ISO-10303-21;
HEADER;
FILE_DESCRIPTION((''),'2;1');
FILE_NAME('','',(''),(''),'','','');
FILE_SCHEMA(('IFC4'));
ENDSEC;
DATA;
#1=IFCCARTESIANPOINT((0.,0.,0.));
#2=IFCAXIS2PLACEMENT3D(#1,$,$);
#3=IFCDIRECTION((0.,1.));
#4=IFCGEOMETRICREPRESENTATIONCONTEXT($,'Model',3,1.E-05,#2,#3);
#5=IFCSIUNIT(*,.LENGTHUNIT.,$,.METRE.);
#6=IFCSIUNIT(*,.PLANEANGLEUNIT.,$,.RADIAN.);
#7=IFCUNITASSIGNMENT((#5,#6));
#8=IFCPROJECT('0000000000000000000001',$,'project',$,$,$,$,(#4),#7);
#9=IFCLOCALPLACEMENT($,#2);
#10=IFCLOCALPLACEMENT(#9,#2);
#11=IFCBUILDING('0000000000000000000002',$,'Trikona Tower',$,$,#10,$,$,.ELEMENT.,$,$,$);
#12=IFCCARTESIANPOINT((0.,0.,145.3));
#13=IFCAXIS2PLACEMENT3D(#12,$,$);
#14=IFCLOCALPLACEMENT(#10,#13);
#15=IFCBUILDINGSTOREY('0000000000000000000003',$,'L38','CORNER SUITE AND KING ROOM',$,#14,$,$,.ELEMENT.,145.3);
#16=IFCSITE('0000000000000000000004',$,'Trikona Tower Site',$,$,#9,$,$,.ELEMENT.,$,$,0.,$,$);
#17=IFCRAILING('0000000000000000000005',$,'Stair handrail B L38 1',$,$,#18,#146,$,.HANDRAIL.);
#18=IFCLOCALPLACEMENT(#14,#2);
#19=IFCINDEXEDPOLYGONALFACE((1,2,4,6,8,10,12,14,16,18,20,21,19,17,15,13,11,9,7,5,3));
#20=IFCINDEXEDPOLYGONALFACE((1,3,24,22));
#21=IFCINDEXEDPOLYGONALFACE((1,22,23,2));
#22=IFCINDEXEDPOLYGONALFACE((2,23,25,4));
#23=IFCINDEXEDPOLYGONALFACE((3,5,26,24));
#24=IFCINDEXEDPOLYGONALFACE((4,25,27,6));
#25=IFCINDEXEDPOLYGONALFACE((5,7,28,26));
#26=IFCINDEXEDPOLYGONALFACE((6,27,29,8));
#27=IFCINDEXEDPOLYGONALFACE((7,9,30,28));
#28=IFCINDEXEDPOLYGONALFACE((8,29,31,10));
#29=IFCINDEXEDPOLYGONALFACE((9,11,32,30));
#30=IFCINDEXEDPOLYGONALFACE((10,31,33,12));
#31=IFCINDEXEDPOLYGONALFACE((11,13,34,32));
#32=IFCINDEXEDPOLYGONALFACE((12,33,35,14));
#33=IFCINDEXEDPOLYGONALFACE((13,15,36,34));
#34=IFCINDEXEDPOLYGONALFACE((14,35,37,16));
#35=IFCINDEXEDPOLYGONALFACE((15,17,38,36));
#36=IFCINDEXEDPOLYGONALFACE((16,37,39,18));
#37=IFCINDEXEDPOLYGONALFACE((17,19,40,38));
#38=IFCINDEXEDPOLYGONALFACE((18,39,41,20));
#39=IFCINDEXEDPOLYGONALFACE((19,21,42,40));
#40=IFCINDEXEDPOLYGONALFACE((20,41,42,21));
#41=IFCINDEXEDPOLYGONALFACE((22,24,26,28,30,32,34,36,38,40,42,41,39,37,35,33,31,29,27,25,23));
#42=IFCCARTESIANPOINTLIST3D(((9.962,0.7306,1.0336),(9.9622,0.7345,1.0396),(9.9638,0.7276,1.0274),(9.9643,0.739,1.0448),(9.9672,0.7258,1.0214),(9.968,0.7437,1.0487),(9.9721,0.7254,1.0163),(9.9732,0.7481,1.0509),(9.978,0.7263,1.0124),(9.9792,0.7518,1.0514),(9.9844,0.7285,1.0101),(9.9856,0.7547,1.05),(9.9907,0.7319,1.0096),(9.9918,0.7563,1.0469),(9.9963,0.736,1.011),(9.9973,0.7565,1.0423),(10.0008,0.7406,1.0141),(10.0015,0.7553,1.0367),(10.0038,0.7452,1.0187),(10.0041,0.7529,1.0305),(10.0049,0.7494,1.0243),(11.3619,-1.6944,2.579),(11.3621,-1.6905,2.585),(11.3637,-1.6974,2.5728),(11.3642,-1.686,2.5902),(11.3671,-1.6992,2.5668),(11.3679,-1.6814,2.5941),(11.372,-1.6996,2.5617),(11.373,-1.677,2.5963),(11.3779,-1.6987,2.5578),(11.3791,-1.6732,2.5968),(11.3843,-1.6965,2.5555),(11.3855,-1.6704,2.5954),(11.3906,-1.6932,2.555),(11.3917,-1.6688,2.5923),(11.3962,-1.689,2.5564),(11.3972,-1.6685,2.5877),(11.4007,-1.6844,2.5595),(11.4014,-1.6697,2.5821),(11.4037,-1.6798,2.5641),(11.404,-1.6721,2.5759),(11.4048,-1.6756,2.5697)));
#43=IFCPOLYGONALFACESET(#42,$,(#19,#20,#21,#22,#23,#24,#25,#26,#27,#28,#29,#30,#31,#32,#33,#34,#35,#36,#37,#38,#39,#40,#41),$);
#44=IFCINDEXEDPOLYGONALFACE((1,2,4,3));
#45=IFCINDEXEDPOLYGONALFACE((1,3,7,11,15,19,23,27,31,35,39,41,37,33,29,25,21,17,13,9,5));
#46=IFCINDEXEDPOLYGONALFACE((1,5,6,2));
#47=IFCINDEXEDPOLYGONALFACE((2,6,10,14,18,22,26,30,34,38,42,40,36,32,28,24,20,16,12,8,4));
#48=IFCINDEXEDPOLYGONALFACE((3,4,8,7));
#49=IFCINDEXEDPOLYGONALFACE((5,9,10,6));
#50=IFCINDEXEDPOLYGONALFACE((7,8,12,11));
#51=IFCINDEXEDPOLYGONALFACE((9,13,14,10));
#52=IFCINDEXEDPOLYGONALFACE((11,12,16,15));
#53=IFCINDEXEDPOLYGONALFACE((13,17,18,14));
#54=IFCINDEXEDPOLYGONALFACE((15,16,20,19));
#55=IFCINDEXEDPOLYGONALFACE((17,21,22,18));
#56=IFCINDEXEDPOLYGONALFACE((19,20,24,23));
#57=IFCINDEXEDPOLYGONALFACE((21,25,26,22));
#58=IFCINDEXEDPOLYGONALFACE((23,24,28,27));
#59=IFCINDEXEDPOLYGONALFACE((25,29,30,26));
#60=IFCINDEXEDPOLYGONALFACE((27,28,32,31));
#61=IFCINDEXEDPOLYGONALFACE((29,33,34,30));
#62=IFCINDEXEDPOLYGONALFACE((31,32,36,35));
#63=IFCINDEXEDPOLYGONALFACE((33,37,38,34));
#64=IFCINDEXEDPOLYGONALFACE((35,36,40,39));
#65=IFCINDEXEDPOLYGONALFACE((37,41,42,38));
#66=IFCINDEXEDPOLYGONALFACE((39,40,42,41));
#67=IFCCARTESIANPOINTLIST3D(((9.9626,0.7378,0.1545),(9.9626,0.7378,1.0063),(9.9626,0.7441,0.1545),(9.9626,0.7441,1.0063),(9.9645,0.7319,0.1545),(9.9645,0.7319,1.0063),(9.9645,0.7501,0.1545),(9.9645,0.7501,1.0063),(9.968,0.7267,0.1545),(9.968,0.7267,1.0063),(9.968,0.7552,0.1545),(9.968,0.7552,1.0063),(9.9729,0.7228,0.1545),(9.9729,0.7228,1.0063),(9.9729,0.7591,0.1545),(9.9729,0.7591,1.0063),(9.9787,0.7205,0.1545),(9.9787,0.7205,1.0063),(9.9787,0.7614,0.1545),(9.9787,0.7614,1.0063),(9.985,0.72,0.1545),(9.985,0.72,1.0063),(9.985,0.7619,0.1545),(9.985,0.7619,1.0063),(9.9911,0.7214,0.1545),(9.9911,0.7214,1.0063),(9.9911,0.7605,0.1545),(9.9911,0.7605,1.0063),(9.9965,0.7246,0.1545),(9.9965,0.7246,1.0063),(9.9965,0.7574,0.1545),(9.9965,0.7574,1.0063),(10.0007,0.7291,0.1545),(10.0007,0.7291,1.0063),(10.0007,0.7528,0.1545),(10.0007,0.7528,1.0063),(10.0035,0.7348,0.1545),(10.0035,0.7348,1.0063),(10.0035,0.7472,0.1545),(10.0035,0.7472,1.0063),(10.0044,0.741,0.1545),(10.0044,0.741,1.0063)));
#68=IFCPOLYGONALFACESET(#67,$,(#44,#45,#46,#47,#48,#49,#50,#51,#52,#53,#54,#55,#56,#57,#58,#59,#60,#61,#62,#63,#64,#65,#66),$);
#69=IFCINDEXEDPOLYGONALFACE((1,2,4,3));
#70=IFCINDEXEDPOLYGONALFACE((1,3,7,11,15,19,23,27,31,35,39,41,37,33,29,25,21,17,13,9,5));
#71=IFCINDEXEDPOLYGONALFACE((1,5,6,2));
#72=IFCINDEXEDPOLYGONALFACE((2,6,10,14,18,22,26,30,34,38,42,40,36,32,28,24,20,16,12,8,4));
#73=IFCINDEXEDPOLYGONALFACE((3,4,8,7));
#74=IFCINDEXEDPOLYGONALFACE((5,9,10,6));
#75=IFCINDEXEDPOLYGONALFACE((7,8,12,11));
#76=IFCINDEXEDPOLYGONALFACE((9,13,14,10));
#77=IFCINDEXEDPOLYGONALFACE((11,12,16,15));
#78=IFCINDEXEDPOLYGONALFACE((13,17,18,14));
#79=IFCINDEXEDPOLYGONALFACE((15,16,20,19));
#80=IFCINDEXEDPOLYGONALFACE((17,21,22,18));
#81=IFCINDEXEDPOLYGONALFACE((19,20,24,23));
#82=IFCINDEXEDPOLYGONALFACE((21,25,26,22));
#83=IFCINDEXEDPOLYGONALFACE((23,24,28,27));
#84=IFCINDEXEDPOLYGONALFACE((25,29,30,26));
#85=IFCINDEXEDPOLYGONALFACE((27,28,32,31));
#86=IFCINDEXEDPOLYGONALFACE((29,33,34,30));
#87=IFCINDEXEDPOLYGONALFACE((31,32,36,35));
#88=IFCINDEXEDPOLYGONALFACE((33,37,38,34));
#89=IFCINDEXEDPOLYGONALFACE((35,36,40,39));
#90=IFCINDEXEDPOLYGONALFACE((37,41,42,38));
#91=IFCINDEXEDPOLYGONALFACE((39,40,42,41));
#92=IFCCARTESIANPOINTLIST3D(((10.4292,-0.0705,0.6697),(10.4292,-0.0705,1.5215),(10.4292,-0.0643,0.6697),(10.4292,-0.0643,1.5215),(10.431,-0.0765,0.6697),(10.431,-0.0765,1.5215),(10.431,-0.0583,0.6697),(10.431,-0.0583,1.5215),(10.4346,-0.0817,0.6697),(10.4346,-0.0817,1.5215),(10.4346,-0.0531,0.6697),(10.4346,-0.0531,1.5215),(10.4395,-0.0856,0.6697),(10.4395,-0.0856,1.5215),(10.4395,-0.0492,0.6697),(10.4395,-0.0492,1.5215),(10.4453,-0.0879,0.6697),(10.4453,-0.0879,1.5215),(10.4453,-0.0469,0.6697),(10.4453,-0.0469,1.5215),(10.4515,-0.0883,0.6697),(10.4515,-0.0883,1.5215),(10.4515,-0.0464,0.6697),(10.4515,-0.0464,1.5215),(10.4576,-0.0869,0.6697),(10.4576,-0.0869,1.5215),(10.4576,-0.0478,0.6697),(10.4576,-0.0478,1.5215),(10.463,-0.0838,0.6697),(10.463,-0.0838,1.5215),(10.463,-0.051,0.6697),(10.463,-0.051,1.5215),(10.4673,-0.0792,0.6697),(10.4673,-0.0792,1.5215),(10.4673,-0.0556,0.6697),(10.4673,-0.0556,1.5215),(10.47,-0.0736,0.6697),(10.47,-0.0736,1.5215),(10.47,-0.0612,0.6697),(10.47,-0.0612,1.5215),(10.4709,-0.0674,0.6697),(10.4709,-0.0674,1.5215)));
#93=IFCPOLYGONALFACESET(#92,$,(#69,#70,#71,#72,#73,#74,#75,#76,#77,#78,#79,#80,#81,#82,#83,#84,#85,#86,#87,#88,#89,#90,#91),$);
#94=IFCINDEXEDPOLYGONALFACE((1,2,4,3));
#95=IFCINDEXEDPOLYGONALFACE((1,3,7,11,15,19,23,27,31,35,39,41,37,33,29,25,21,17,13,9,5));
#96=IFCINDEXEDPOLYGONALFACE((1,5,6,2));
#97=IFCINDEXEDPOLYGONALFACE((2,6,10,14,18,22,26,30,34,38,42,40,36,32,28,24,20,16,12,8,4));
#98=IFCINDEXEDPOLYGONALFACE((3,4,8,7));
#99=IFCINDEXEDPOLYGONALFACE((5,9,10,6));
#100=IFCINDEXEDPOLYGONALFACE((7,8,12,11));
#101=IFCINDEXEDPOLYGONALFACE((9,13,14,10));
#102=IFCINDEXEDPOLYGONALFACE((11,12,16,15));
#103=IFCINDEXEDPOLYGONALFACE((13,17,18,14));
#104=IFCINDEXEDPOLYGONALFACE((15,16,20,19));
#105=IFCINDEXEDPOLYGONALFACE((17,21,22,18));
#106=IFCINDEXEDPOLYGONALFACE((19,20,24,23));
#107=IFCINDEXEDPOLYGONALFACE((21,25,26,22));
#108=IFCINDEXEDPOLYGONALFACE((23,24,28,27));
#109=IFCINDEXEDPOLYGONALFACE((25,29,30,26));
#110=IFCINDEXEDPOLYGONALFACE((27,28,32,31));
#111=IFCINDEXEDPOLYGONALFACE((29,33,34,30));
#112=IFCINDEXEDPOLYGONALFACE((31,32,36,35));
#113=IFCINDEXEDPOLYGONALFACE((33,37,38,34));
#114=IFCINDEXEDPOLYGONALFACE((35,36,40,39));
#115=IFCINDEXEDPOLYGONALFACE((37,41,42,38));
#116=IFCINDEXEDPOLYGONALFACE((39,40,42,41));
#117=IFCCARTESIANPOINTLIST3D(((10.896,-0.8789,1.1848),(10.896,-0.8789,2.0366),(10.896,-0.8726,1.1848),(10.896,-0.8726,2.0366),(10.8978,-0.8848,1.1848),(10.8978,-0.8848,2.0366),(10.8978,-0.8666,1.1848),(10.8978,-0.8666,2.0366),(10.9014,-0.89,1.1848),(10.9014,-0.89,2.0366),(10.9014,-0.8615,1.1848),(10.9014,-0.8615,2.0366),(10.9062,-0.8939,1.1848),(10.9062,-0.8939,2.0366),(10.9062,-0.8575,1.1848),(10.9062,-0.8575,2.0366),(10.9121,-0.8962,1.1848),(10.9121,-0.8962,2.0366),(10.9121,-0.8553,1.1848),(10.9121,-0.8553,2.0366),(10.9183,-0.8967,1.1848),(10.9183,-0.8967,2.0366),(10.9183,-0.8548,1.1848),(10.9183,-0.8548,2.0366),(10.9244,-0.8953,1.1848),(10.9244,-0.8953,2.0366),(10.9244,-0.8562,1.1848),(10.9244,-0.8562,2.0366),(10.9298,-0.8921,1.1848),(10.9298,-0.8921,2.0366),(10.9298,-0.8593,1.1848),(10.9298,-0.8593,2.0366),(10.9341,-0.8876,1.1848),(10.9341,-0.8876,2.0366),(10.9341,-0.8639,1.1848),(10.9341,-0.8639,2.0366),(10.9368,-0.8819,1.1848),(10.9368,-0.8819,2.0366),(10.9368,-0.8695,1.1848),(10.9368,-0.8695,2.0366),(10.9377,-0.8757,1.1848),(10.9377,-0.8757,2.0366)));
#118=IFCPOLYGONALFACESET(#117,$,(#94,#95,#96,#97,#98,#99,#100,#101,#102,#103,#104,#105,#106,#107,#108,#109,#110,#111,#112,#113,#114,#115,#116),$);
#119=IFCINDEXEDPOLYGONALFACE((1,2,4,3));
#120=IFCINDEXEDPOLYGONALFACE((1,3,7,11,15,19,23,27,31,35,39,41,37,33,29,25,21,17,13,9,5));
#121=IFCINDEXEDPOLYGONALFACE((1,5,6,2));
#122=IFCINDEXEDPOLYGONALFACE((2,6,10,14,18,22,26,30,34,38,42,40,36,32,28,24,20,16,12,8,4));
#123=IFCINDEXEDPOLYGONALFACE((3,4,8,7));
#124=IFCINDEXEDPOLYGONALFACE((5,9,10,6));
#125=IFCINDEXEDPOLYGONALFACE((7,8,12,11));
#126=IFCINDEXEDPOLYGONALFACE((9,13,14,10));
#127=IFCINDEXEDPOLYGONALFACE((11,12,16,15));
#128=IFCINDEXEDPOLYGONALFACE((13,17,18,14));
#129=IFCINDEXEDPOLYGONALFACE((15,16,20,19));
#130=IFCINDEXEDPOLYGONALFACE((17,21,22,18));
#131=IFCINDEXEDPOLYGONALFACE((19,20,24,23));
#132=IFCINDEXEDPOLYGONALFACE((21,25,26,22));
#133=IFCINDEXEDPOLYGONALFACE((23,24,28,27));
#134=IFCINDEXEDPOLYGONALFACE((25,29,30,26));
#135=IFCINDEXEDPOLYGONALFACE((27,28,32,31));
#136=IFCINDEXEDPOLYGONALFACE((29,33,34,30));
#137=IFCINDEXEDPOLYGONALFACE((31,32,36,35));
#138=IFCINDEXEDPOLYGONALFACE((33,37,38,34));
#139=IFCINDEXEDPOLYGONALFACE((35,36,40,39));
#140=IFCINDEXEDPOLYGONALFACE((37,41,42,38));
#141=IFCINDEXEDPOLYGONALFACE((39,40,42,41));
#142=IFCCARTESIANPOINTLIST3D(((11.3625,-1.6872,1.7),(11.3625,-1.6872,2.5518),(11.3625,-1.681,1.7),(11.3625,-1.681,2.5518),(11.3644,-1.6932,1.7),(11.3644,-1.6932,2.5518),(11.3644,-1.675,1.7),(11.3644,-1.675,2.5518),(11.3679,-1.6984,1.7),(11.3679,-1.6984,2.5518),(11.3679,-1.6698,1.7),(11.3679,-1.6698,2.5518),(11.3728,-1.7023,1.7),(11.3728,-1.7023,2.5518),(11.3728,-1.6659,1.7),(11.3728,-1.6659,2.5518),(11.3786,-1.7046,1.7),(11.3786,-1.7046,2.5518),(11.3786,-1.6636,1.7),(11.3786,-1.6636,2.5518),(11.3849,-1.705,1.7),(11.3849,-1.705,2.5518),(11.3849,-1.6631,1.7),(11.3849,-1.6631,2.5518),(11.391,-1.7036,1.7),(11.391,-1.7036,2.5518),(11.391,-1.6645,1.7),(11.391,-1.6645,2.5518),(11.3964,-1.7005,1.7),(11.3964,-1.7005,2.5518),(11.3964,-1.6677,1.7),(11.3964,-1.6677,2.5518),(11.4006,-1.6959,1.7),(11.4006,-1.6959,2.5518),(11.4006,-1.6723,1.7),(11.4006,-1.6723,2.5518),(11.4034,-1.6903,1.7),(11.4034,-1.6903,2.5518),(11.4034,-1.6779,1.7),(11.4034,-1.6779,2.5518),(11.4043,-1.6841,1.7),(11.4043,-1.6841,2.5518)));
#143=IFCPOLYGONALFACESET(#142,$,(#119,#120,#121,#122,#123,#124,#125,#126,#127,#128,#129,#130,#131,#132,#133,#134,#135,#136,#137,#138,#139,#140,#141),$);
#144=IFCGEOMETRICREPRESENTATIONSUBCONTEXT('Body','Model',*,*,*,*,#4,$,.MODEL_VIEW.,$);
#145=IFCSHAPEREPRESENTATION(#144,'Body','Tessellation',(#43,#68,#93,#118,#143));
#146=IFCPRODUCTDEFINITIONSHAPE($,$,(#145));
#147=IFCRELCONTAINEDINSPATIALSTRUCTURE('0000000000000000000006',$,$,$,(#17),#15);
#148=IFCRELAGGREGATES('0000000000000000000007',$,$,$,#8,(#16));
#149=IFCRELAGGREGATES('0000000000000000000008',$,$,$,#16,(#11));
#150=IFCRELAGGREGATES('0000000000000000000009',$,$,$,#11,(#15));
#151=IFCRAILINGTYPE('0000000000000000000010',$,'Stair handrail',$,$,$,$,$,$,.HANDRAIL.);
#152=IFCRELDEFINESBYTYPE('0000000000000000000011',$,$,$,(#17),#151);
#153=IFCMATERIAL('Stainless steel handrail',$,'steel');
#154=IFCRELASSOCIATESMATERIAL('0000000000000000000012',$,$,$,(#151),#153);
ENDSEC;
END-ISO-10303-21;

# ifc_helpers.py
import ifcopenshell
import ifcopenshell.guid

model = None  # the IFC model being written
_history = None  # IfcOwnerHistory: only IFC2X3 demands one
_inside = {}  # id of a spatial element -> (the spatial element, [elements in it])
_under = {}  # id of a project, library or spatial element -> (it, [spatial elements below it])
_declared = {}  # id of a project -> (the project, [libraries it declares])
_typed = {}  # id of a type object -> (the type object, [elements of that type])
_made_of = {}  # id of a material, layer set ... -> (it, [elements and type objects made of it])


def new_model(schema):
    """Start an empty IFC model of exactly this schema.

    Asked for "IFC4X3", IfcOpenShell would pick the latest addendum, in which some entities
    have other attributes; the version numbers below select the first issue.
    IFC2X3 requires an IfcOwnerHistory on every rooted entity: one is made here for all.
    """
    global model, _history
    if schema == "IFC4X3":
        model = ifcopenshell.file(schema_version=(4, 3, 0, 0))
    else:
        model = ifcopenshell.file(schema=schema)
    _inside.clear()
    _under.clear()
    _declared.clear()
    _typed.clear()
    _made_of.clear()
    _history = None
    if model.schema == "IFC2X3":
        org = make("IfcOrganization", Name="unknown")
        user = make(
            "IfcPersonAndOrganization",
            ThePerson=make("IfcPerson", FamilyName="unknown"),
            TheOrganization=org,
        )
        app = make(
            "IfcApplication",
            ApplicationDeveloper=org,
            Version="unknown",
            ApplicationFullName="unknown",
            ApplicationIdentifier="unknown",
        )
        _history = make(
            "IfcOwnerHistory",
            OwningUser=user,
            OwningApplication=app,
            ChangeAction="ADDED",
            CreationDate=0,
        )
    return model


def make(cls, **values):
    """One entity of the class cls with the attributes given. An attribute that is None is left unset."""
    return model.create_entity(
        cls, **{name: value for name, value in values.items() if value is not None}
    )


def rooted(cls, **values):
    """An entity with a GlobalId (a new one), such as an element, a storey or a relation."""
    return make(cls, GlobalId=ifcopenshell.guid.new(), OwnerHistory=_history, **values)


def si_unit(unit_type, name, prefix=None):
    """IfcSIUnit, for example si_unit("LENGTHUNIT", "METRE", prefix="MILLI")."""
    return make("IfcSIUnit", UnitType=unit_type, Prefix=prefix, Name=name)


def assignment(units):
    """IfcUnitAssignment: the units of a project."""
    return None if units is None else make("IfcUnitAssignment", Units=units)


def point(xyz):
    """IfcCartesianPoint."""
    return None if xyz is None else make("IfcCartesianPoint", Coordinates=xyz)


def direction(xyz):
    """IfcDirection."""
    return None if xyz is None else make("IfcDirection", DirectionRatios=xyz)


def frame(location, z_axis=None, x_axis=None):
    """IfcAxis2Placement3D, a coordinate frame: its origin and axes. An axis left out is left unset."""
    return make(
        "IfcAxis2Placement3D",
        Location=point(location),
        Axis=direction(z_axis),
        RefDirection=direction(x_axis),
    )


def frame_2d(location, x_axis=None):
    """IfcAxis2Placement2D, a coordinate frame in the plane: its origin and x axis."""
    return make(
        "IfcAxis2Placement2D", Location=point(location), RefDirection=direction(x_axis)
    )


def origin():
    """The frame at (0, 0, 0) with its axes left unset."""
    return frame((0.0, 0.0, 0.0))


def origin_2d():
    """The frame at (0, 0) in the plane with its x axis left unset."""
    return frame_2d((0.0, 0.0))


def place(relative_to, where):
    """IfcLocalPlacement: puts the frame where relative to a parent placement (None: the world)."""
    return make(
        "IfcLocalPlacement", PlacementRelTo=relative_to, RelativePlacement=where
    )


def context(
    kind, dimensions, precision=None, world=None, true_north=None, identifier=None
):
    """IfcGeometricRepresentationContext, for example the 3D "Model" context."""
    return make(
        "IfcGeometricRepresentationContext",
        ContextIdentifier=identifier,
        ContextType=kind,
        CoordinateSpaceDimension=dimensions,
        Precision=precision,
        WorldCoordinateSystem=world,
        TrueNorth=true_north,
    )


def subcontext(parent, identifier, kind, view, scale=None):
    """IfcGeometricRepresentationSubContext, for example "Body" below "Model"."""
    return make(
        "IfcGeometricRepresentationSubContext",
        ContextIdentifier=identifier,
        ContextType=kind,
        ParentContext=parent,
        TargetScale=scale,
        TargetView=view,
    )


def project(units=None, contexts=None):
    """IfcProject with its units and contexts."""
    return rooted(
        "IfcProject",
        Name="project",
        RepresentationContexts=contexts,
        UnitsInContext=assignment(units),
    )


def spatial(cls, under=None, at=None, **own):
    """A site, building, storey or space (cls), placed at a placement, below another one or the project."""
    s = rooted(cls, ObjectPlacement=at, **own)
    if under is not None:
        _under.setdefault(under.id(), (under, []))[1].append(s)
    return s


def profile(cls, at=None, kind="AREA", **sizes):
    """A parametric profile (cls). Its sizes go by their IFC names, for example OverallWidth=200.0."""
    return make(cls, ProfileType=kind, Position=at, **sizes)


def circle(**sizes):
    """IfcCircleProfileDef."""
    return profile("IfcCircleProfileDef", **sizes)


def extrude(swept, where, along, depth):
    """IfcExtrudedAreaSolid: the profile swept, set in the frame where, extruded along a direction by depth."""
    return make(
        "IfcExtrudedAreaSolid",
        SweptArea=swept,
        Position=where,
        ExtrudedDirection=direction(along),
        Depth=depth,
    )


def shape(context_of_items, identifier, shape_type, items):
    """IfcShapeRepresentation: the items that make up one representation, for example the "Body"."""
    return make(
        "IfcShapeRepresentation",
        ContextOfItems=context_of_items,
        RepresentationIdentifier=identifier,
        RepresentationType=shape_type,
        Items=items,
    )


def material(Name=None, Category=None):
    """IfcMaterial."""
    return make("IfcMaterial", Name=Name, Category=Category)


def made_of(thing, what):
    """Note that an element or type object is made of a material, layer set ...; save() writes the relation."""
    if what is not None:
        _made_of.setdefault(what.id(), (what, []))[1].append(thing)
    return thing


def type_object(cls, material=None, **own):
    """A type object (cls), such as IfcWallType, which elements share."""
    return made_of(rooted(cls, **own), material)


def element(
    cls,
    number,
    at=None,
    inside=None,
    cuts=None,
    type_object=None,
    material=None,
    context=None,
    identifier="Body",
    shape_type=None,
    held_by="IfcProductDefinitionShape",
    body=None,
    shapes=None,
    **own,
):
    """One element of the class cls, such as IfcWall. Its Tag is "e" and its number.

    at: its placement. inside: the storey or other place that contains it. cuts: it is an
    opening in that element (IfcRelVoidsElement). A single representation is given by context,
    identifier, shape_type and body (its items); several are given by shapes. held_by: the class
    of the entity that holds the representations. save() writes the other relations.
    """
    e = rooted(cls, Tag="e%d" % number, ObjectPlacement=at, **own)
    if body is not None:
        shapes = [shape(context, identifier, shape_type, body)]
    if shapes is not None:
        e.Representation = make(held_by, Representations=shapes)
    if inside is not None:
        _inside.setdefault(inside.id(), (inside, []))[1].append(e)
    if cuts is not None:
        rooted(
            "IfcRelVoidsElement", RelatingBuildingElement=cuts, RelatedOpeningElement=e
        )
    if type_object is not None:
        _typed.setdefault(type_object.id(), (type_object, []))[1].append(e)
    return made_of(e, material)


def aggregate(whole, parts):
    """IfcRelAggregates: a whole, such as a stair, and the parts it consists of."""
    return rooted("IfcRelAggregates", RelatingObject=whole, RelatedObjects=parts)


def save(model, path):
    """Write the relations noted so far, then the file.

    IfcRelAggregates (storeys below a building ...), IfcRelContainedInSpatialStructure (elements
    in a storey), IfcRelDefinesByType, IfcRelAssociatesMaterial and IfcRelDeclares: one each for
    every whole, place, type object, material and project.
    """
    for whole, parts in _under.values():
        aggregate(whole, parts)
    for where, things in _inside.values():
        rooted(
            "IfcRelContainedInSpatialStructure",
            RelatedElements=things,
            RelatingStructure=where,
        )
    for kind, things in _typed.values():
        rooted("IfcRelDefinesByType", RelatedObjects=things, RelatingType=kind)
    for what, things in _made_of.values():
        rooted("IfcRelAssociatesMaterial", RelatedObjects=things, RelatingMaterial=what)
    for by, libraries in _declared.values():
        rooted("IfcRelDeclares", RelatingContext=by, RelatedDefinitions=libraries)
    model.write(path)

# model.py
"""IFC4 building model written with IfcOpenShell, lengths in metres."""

from ifc_helpers import new_model, si_unit, direction, frame, origin, origin_2d, place, context, subcontext, project, spatial, circle, extrude, material, type_object, element, save


model = new_model("IFC4")

# Units and contexts
model_context = context("Model", 3, precision=1e-05, world=origin(), true_north=direction((0.0, 1.0)))
body_context = subcontext(model_context, "Body", "Model", "MODEL_VIEW")
ifc_project = project(units=[si_unit("LENGTHUNIT", "METRE"), si_unit("PLANEANGLEUNIT", "RADIAN")], contexts=[model_context])

# Site, building, storey
site_placement = place(None, origin())
site = spatial("IfcSite", under=ifc_project, at=site_placement, Name="Trikona Tower Site", CompositionType="ELEMENT", RefElevation=0.0)
building_placement = place(site_placement, origin())
building = spatial("IfcBuilding", under=site, at=building_placement, Name="Trikona Tower", CompositionType="ELEMENT")
storey_placement = place(building_placement, frame((0.0, 0.0, 145.3)))
storey = spatial("IfcBuildingStorey", under=building, at=storey_placement, Name="L38", Description="CORNER SUITE AND KING ROOM", CompositionType="ELEMENT", Elevation=145.3)

# Railing
ifc_material_1 = material(Name="Stainless steel handrail", Category="steel")
railing_type = type_object("IfcRailingType", Name="Stair handrail", PredefinedType="HANDRAIL", material=ifc_material_1)
railing_placement = place(storey_placement, frame((9.9834, 0.741, 0.1545)))
element("IfcRailing", 1, at=railing_placement, inside=storey, type_object=railing_type, Name="Stair handrail B L38 1", PredefinedType="HANDRAIL", context=body_context, shape_type="SweptSolid", body=[
    extrude(circle(Radius=0.0239, at=origin_2d()), frame((0.0, 0.0, 0.876), z_axis=(0.437707, -0.75824, 0.483203), x_axis=(0.866056, 0.499946, 0.0)), (0.0, 0.0, 1.0), 3.1982),
    extrude(circle(Radius=0.021, at=origin_2d()), origin(), (0.0, 0.0, 1.0), 0.8518),
    extrude(circle(Radius=0.021, at=origin_2d()), frame((0.4666, -0.8083, 0.5151)), (0.0, 0.0, 1.0), 0.8518),
    extrude(circle(Radius=0.021, at=origin_2d()), frame((0.9333, -1.6167, 1.0303)), (0.0, 0.0, 1.0), 0.8518),
    extrude(circle(Radius=0.021, at=origin_2d()), frame((1.3999, -2.425, 1.5454)), (0.0, 0.0, 1.0), 0.8518),
])

save(model, "model.ifc")
